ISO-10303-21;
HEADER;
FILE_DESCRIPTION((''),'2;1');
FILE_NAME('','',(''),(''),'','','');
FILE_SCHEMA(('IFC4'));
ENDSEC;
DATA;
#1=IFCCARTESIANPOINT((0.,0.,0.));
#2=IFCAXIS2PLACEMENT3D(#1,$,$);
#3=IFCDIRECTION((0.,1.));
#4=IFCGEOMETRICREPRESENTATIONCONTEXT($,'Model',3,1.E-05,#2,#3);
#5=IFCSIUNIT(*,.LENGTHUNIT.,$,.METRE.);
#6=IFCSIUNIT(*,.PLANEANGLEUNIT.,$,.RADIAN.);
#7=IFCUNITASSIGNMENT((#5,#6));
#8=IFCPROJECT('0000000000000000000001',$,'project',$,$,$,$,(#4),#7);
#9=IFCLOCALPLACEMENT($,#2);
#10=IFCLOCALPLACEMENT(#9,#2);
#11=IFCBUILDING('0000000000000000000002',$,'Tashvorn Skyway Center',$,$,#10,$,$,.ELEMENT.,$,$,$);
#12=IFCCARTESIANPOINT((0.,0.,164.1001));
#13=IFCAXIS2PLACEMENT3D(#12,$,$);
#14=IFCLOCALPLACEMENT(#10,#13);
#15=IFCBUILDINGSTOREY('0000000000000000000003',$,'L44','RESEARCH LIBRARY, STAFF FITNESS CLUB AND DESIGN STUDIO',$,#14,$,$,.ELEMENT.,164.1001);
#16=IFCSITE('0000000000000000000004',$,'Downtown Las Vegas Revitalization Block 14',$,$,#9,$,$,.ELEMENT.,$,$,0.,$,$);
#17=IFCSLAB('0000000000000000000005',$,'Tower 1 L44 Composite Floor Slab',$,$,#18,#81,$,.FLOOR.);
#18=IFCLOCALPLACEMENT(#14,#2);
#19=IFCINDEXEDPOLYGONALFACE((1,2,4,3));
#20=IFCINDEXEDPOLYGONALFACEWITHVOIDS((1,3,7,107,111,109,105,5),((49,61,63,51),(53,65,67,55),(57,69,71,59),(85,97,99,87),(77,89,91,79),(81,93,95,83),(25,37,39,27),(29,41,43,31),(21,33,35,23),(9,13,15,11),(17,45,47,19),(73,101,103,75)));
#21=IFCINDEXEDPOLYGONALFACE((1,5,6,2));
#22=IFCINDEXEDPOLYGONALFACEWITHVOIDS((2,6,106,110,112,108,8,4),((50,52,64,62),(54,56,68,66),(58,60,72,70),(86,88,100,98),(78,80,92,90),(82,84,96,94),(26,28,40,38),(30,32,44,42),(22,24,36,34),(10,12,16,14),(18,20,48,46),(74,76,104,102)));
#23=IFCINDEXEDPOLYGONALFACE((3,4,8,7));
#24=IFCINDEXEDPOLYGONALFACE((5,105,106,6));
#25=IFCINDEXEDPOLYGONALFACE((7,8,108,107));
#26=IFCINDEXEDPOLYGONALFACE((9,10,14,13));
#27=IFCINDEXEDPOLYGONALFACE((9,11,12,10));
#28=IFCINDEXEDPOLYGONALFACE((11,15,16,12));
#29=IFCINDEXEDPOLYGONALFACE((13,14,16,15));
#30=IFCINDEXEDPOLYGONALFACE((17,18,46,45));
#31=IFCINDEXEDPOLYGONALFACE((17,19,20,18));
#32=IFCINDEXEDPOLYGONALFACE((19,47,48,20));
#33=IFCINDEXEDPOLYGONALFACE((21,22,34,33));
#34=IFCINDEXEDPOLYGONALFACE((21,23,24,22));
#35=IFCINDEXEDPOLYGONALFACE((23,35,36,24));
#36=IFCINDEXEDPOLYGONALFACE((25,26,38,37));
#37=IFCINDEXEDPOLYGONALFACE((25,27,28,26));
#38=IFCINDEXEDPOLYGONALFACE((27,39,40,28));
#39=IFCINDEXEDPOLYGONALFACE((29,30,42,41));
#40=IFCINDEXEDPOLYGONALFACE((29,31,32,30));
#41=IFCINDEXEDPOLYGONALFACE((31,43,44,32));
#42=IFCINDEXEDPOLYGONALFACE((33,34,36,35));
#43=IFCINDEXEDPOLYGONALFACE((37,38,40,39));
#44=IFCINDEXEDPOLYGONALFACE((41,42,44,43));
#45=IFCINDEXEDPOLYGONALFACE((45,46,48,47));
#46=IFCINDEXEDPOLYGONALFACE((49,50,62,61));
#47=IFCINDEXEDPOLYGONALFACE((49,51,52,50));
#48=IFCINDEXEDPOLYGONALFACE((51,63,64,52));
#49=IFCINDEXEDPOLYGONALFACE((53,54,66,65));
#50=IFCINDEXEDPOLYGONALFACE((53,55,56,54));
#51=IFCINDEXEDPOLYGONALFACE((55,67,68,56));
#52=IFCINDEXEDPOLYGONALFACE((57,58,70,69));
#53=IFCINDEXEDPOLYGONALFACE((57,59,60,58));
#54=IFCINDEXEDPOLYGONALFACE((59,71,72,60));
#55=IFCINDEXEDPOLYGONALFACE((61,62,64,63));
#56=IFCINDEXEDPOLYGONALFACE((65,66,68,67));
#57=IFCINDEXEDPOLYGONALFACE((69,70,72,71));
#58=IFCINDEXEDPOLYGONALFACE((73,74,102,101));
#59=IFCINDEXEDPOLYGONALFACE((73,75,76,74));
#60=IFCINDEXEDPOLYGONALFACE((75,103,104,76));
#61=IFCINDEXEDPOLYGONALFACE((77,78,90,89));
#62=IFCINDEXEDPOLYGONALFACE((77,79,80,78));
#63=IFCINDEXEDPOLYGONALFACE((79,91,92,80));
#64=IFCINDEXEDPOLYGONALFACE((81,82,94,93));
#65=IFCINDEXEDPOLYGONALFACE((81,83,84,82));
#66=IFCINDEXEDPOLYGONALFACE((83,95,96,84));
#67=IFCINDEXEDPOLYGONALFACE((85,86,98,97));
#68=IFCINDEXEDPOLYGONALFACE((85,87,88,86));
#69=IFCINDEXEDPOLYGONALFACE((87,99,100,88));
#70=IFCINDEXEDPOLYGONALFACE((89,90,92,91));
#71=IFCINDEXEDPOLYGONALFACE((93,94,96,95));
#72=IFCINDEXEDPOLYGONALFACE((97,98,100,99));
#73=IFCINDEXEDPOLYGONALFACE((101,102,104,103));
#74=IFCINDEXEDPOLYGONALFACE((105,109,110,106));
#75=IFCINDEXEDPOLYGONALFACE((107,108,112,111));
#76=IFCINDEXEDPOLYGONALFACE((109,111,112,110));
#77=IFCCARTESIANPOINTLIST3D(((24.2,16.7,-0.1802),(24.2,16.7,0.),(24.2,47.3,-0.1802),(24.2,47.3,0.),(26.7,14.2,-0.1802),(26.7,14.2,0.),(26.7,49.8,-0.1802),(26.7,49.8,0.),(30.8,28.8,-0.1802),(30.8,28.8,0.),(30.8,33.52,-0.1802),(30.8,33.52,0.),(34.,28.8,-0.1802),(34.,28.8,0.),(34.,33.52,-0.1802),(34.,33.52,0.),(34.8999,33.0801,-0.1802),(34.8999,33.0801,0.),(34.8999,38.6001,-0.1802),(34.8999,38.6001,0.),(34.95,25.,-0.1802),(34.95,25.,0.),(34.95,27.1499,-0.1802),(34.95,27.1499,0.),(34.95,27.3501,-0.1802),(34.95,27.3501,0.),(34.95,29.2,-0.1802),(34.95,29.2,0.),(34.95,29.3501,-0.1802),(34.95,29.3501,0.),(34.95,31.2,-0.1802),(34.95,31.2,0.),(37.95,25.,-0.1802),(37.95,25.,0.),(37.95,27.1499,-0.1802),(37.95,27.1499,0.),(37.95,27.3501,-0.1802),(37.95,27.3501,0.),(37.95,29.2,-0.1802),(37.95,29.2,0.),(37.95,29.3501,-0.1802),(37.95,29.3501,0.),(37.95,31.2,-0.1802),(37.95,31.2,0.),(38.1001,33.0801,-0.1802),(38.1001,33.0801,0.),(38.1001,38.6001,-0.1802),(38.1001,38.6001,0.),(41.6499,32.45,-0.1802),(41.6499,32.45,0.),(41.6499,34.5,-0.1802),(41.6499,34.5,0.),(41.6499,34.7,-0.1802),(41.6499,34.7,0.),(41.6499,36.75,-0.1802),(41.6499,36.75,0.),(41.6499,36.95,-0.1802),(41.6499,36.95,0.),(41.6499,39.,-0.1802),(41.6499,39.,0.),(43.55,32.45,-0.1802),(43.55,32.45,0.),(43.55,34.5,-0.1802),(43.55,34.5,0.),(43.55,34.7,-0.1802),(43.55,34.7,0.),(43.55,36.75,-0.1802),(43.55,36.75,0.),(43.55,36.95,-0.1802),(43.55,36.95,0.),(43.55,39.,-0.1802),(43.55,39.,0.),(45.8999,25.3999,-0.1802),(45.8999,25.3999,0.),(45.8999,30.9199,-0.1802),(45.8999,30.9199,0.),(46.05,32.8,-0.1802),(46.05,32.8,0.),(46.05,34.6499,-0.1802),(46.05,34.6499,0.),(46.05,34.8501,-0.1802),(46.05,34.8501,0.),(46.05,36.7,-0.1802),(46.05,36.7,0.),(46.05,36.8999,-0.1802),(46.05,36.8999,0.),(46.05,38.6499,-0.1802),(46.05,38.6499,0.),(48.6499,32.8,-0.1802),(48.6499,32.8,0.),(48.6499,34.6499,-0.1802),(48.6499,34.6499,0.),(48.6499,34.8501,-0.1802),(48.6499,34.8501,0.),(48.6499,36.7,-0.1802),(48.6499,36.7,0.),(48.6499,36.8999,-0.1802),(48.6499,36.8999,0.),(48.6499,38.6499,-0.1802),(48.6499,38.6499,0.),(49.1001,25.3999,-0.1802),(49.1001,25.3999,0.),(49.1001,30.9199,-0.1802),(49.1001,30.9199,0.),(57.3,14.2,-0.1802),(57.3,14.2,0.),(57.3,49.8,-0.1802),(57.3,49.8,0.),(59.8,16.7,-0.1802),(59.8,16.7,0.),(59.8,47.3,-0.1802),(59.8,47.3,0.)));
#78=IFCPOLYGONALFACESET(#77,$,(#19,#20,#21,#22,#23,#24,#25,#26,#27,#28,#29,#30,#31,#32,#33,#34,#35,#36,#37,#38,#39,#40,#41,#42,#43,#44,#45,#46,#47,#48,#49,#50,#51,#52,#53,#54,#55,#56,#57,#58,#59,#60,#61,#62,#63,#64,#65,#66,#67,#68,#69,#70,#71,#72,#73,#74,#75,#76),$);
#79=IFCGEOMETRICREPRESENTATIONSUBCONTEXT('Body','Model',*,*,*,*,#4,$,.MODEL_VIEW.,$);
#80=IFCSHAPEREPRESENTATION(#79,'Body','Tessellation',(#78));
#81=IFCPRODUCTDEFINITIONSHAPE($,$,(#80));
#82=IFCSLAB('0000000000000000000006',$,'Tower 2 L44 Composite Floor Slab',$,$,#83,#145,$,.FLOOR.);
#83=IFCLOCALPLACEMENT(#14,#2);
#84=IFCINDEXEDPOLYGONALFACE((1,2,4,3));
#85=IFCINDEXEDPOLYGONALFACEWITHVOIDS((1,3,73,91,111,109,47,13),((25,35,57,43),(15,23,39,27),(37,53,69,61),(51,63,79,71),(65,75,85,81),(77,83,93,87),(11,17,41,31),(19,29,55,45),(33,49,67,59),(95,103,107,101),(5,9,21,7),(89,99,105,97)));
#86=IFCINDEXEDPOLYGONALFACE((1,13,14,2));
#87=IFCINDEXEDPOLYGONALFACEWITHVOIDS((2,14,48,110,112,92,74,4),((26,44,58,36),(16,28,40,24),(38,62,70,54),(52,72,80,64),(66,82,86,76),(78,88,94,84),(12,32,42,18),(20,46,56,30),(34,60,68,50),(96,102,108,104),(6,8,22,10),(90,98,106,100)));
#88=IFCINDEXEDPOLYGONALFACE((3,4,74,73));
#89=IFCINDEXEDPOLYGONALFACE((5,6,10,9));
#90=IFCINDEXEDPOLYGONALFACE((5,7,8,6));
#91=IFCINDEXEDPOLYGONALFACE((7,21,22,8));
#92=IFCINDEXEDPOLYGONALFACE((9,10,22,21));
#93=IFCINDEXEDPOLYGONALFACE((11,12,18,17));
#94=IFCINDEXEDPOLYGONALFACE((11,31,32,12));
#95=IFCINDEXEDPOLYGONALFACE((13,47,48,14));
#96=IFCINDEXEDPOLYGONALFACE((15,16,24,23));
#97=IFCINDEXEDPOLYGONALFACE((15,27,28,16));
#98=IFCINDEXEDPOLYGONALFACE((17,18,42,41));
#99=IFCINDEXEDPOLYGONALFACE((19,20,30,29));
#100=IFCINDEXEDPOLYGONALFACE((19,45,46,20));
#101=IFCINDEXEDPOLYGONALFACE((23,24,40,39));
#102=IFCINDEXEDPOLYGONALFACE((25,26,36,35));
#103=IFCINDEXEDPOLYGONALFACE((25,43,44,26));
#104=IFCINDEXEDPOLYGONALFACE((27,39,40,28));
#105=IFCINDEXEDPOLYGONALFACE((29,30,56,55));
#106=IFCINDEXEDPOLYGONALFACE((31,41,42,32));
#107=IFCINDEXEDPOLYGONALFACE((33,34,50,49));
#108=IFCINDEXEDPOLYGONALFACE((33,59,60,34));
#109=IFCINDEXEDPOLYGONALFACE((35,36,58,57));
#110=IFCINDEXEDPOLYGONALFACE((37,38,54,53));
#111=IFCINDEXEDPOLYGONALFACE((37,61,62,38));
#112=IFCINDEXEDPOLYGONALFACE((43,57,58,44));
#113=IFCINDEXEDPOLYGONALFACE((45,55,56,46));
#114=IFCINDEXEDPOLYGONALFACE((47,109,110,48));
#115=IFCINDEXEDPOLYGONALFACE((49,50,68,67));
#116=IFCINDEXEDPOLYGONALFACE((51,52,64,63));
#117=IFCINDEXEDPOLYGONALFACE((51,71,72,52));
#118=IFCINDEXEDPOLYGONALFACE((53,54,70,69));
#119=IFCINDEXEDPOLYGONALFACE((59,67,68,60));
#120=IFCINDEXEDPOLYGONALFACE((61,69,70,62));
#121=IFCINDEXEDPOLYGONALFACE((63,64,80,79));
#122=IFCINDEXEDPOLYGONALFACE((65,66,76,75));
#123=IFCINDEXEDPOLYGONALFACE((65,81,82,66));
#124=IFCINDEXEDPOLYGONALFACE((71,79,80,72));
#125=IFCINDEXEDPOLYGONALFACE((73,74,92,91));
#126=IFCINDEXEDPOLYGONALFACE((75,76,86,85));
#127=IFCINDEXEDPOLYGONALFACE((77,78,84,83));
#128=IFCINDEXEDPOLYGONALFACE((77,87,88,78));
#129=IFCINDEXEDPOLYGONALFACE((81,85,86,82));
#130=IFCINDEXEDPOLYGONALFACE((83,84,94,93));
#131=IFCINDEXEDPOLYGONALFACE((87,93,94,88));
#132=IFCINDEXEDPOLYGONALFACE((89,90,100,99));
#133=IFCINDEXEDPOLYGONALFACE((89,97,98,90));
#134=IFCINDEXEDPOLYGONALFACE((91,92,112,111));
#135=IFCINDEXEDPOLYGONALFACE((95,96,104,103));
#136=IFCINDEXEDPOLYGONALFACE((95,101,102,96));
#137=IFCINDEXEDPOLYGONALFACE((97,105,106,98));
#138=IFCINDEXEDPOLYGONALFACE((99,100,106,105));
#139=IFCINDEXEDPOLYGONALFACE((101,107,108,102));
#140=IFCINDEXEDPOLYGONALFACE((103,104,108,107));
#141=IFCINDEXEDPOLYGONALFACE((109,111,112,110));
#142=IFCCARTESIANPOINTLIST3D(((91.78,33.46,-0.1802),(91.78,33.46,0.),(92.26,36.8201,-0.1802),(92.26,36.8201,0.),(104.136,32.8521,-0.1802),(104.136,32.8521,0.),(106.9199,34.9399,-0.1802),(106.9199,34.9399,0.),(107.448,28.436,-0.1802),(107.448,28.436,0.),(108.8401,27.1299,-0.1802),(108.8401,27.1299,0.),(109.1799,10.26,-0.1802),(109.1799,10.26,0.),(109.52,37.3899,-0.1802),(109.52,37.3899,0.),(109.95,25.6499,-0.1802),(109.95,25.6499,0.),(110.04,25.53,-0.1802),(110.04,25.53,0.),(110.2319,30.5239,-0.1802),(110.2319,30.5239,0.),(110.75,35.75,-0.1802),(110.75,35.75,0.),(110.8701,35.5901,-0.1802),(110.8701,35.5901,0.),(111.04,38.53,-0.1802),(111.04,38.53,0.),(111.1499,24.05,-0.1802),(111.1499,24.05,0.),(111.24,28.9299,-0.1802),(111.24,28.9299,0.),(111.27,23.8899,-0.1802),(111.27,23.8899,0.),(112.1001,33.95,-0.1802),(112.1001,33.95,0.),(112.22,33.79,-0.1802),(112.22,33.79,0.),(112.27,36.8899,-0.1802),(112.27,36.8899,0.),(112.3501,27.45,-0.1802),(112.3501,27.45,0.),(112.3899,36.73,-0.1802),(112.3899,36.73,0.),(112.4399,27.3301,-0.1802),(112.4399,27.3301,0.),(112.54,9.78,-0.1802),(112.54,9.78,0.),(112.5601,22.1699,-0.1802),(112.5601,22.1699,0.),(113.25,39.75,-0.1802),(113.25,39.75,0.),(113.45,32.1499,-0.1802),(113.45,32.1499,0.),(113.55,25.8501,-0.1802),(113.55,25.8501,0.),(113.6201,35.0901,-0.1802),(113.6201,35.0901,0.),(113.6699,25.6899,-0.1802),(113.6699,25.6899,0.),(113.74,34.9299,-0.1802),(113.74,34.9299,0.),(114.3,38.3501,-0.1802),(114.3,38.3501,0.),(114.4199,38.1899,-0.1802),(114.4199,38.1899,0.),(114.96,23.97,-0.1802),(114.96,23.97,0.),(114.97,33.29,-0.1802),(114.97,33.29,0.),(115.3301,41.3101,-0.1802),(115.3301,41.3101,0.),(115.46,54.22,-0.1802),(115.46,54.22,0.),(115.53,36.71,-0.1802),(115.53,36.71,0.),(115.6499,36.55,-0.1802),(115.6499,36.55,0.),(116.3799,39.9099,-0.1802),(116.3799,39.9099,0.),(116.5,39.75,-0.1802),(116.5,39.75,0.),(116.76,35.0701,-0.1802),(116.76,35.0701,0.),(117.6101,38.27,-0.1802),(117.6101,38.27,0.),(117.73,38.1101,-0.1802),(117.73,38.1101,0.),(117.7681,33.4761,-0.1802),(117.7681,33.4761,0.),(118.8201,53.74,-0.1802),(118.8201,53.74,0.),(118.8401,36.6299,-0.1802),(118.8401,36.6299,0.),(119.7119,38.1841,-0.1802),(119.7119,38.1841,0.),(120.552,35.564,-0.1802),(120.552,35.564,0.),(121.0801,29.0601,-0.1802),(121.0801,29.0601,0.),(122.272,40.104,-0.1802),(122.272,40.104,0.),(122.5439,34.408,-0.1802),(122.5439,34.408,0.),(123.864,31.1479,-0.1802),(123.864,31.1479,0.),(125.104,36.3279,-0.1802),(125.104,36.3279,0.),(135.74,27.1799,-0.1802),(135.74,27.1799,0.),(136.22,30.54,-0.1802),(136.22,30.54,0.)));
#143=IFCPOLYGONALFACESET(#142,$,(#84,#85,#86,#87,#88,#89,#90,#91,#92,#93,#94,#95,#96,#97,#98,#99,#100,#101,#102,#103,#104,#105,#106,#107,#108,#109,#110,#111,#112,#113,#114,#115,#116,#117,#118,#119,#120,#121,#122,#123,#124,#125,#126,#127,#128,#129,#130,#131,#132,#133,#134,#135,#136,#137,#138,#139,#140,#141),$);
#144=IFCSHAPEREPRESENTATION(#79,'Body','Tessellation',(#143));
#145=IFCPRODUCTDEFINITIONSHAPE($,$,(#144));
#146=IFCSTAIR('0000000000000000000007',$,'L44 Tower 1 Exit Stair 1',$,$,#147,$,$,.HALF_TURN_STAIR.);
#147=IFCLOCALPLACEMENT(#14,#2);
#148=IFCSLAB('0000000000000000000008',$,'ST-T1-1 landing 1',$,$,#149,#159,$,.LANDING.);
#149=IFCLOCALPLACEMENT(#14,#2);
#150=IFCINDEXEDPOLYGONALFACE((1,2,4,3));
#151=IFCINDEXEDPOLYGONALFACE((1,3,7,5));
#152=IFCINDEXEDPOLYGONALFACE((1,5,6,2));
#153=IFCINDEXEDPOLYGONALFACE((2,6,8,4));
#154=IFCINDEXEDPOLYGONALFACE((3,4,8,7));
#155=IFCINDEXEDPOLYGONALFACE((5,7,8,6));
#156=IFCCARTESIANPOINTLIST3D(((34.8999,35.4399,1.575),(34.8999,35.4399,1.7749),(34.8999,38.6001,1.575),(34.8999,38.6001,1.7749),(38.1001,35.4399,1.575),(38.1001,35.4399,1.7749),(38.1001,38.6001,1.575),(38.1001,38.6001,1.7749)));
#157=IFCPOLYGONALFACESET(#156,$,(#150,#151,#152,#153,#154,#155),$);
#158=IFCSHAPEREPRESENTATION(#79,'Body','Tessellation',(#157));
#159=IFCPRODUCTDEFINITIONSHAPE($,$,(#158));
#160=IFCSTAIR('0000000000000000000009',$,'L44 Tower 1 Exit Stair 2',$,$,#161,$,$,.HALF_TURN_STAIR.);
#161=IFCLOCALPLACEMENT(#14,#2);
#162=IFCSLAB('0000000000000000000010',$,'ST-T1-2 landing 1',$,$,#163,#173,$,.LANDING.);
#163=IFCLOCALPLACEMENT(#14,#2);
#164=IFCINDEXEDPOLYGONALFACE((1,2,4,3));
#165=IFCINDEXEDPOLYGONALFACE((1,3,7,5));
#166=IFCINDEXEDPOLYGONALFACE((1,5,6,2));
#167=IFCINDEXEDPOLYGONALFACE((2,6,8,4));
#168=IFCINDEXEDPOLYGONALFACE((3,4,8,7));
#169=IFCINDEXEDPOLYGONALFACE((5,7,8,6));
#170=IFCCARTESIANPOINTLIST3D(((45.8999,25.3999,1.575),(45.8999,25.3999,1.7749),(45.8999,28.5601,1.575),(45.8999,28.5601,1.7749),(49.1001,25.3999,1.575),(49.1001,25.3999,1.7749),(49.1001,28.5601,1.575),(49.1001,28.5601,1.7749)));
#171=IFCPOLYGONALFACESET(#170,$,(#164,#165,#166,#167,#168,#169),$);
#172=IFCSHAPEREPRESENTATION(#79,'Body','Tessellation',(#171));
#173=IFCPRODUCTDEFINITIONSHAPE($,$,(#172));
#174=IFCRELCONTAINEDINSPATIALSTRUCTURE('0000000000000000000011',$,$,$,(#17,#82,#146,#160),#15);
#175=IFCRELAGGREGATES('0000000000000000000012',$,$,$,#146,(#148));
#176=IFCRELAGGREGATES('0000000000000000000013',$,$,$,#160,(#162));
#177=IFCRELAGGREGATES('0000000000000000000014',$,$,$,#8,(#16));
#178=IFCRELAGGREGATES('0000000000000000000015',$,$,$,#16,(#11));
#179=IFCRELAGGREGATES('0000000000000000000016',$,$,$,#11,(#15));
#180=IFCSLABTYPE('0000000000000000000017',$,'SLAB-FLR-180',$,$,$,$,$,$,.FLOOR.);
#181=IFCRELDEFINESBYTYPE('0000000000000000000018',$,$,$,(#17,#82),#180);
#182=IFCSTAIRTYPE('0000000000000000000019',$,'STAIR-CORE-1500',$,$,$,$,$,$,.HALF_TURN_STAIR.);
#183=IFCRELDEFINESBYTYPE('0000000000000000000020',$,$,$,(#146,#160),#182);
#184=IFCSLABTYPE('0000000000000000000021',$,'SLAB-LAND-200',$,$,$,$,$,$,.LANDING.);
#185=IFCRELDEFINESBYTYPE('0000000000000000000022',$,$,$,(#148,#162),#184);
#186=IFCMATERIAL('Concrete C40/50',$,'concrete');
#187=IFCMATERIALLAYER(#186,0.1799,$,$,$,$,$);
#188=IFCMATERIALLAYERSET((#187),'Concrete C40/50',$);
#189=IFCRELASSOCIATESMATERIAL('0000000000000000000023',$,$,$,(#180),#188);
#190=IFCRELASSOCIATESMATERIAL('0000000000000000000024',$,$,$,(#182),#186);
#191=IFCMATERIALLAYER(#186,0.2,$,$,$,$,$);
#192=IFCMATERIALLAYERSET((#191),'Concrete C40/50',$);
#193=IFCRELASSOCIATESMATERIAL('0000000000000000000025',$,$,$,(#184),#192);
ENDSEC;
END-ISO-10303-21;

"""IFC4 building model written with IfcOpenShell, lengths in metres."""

from ifc_helpers import new_model, si_unit, direction, frame, origin, place, context, subcontext, project, spatial, polyline, outline, extrude, material, layer, layer_set, type_object, element, aggregate, save


model = new_model("IFC4")

# Units and contexts
model_context = context("Model", 3, precision=1e-05, world=origin(), true_north=direction((0.0, 1.0)))
body_context = subcontext(model_context, "Body", "Model", "MODEL_VIEW")
ifc_project = project(units=[si_unit("LENGTHUNIT", "METRE"), si_unit("PLANEANGLEUNIT", "RADIAN")], contexts=[model_context])

# Site, building, storey
site_placement = place(None, origin())
site = spatial("IfcSite", under=ifc_project, at=site_placement, Name="Downtown Las Vegas Revitalization Block 14", CompositionType="ELEMENT", RefElevation=0.0)
building_placement = place(site_placement, origin())
building = spatial("IfcBuilding", under=site, at=building_placement, Name="Tashvorn Skyway Center", CompositionType="ELEMENT")
storey_placement = place(building_placement, frame((0.0, 0.0, 164.1001)))
storey = spatial("IfcBuildingStorey", under=building, at=storey_placement, Name="L44", Description="RESEARCH LIBRARY, STAFF FITNESS CLUB AND DESIGN STUDIO", CompositionType="ELEMENT", Elevation=164.1001)

# Slabs
ifc_material_1 = material(Name="Concrete C40/50", Category="concrete")
ifc_layer_1 = layer(ifc_material_1, 0.1799)
ifc_layer_set_1 = layer_set([ifc_layer_1], Name="Concrete C40/50")
slab_type_1 = type_object("IfcSlabType", Name="SLAB-FLR-180", PredefinedType="FLOOR", material=ifc_layer_set_1)
slab_1_placement = place(storey_placement, frame((0.0, 0.0, -0.1802)))
element("IfcSlab", 1, at=slab_1_placement, inside=storey, type_object=slab_type_1, Name="Tower 1 L44 Composite Floor Slab", PredefinedType="FLOOR", context=body_context, shape_type="SweptSolid", body=[
    extrude(outline(polyline([(26.7, 14.2), (57.3, 14.2), (59.8, 16.7), (59.8, 47.3), (57.3, 49.8), (26.7, 49.8), (24.2, 47.3), (24.2, 16.7), (26.7, 14.2)]), holes=[polyline([(38.1001, 33.0801), (38.1001, 38.6001), (34.8999, 38.6001), (34.8999, 33.0801), (38.1001, 33.0801)]), polyline([(45.8999, 30.9199), (45.8999, 25.3999), (49.1001, 25.3999), (49.1001, 30.9199), (45.8999, 30.9199)]), polyline([(30.8, 33.52), (30.8, 28.8), (34.0, 28.8), (34.0, 33.52), (30.8, 33.52)]), polyline([(34.95, 29.3501), (37.95, 29.3501), (37.95, 31.2), (34.95, 31.2), (34.95, 29.3501)]), polyline([(34.95, 27.3501), (37.95, 27.3501), (37.95, 29.2), (34.95, 29.2), (34.95, 27.3501)]), polyline([(34.95, 25.0), (37.95, 25.0), (37.95, 27.1499), (34.95, 27.1499), (34.95, 25.0)]), polyline([(41.6499, 32.45), (43.55, 32.45), (43.55, 34.5), (41.6499, 34.5), (41.6499, 32.45)]), polyline([(41.6499, 34.7), (43.55, 34.7), (43.55, 36.75), (41.6499, 36.75), (41.6499, 34.7)]), polyline([(41.6499, 36.95), (43.55, 36.95), (43.55, 39.0), (41.6499, 39.0), (41.6499, 36.95)]), polyline([(46.05, 32.8), (48.6499, 32.8), (48.6499, 34.6499), (46.05, 34.6499), (46.05, 32.8)]), polyline([(46.05, 34.8501), (48.6499, 34.8501), (48.6499, 36.7), (46.05, 36.7), (46.05, 34.8501)]), polyline([(46.05, 36.8999), (48.6499, 36.8999), (48.6499, 38.6499), (46.05, 38.6499), (46.05, 36.8999)])]), origin(), (0.0, 0.0, 1.0), 0.1802),
])
slab_2_placement = place(storey_placement, frame((0.0, 0.0, -0.1802)))
element("IfcSlab", 2, at=slab_2_placement, inside=storey, type_object=slab_type_1, Name="Tower 2 L44 Composite Floor Slab", PredefinedType="FLOOR", context=body_context, shape_type="SweptSolid", body=[
    extrude(outline(polyline([(112.54, 9.78), (135.74, 27.1799), (136.22, 30.54), (118.8201, 53.74), (115.46, 54.22), (92.26, 36.8201), (91.78, 33.46), (109.1799, 10.26), (112.54, 9.78)]), holes=[polyline([(110.2319, 30.5239), (106.9199, 34.9399), (104.136, 32.8521), (107.448, 28.436), (110.2319, 30.5239)]), polyline([(117.7681, 33.4761), (121.0801, 29.0601), (123.864, 31.1479), (120.552, 35.564), (117.7681, 33.4761)]), polyline([(119.7119, 38.1841), (122.5439, 34.408), (125.104, 36.3279), (122.272, 40.104), (119.7119, 38.1841)]), polyline([(109.95, 25.6499), (112.3501, 27.45), (111.24, 28.9299), (108.8401, 27.1299), (109.95, 25.6499)]), polyline([(111.1499, 24.05), (113.55, 25.8501), (112.4399, 27.3301), (110.04, 25.53), (111.1499, 24.05)]), polyline([(112.5601, 22.1699), (114.96, 23.97), (113.6699, 25.6899), (111.27, 23.8899), (112.5601, 22.1699)]), polyline([(113.45, 32.1499), (114.97, 33.29), (113.74, 34.9299), (112.22, 33.79), (113.45, 32.1499)]), polyline([(112.1001, 33.95), (113.6201, 35.0901), (112.3899, 36.73), (110.8701, 35.5901), (112.1001, 33.95)]), polyline([(110.75, 35.75), (112.27, 36.8899), (111.04, 38.53), (109.52, 37.3899), (110.75, 35.75)]), polyline([(116.76, 35.0701), (118.8401, 36.6299), (117.73, 38.1101), (115.6499, 36.55), (116.76, 35.0701)]), polyline([(115.53, 36.71), (117.6101, 38.27), (116.5, 39.75), (114.4199, 38.1899), (115.53, 36.71)]), polyline([(114.3, 38.3501), (116.3799, 39.9099), (115.3301, 41.3101), (113.25, 39.75), (114.3, 38.3501)])]), origin(), (0.0, 0.0, 1.0), 0.1802),
])

# Stairs, slabs
stair_type = type_object("IfcStairType", Name="STAIR-CORE-1500", PredefinedType="HALF_TURN_STAIR", material=ifc_material_1)
stair_1_placement = place(storey_placement, origin())
stair_1 = element("IfcStair", 3, at=stair_1_placement, inside=storey, type_object=stair_type, Name="L44 Tower 1 Exit Stair 1", PredefinedType="HALF_TURN_STAIR")
ifc_layer_2 = layer(ifc_material_1, 0.2)
ifc_layer_set_2 = layer_set([ifc_layer_2], Name="Concrete C40/50")
slab_type_2 = type_object("IfcSlabType", Name="SLAB-LAND-200", PredefinedType="LANDING", material=ifc_layer_set_2)
slab_3_placement = place(storey_placement, frame((0.0, 0.0, 1.575)))
slab_3 = element("IfcSlab", 4, at=slab_3_placement, type_object=slab_type_2, Name="ST-T1-1 landing 1", PredefinedType="LANDING", context=body_context, shape_type="SweptSolid", body=[
    extrude(outline(polyline([(38.1001, 35.4399), (38.1001, 38.6001), (34.8999, 38.6001), (34.8999, 35.4399), (38.1001, 35.4399)])), origin(), (0.0, 0.0, 1.0), 0.2),
])
aggregate(stair_1, [slab_3])
stair_2_placement = place(storey_placement, origin())
stair_2 = element("IfcStair", 5, at=stair_2_placement, inside=storey, type_object=stair_type, Name="L44 Tower 1 Exit Stair 2", PredefinedType="HALF_TURN_STAIR")
slab_4_placement = place(storey_placement, frame((0.0, 0.0, 1.575)))
slab_4 = element("IfcSlab", 6, at=slab_4_placement, type_object=slab_type_2, Name="ST-T1-2 landing 1", PredefinedType="LANDING", context=body_context, shape_type="SweptSolid", body=[
    extrude(outline(polyline([(45.8999, 28.5601), (45.8999, 25.3999), (49.1001, 25.3999), (49.1001, 28.5601), (45.8999, 28.5601)])), origin(), (0.0, 0.0, 1.0), 0.2),
])
aggregate(stair_2, [slab_4])

save(model, "model.ifc")
